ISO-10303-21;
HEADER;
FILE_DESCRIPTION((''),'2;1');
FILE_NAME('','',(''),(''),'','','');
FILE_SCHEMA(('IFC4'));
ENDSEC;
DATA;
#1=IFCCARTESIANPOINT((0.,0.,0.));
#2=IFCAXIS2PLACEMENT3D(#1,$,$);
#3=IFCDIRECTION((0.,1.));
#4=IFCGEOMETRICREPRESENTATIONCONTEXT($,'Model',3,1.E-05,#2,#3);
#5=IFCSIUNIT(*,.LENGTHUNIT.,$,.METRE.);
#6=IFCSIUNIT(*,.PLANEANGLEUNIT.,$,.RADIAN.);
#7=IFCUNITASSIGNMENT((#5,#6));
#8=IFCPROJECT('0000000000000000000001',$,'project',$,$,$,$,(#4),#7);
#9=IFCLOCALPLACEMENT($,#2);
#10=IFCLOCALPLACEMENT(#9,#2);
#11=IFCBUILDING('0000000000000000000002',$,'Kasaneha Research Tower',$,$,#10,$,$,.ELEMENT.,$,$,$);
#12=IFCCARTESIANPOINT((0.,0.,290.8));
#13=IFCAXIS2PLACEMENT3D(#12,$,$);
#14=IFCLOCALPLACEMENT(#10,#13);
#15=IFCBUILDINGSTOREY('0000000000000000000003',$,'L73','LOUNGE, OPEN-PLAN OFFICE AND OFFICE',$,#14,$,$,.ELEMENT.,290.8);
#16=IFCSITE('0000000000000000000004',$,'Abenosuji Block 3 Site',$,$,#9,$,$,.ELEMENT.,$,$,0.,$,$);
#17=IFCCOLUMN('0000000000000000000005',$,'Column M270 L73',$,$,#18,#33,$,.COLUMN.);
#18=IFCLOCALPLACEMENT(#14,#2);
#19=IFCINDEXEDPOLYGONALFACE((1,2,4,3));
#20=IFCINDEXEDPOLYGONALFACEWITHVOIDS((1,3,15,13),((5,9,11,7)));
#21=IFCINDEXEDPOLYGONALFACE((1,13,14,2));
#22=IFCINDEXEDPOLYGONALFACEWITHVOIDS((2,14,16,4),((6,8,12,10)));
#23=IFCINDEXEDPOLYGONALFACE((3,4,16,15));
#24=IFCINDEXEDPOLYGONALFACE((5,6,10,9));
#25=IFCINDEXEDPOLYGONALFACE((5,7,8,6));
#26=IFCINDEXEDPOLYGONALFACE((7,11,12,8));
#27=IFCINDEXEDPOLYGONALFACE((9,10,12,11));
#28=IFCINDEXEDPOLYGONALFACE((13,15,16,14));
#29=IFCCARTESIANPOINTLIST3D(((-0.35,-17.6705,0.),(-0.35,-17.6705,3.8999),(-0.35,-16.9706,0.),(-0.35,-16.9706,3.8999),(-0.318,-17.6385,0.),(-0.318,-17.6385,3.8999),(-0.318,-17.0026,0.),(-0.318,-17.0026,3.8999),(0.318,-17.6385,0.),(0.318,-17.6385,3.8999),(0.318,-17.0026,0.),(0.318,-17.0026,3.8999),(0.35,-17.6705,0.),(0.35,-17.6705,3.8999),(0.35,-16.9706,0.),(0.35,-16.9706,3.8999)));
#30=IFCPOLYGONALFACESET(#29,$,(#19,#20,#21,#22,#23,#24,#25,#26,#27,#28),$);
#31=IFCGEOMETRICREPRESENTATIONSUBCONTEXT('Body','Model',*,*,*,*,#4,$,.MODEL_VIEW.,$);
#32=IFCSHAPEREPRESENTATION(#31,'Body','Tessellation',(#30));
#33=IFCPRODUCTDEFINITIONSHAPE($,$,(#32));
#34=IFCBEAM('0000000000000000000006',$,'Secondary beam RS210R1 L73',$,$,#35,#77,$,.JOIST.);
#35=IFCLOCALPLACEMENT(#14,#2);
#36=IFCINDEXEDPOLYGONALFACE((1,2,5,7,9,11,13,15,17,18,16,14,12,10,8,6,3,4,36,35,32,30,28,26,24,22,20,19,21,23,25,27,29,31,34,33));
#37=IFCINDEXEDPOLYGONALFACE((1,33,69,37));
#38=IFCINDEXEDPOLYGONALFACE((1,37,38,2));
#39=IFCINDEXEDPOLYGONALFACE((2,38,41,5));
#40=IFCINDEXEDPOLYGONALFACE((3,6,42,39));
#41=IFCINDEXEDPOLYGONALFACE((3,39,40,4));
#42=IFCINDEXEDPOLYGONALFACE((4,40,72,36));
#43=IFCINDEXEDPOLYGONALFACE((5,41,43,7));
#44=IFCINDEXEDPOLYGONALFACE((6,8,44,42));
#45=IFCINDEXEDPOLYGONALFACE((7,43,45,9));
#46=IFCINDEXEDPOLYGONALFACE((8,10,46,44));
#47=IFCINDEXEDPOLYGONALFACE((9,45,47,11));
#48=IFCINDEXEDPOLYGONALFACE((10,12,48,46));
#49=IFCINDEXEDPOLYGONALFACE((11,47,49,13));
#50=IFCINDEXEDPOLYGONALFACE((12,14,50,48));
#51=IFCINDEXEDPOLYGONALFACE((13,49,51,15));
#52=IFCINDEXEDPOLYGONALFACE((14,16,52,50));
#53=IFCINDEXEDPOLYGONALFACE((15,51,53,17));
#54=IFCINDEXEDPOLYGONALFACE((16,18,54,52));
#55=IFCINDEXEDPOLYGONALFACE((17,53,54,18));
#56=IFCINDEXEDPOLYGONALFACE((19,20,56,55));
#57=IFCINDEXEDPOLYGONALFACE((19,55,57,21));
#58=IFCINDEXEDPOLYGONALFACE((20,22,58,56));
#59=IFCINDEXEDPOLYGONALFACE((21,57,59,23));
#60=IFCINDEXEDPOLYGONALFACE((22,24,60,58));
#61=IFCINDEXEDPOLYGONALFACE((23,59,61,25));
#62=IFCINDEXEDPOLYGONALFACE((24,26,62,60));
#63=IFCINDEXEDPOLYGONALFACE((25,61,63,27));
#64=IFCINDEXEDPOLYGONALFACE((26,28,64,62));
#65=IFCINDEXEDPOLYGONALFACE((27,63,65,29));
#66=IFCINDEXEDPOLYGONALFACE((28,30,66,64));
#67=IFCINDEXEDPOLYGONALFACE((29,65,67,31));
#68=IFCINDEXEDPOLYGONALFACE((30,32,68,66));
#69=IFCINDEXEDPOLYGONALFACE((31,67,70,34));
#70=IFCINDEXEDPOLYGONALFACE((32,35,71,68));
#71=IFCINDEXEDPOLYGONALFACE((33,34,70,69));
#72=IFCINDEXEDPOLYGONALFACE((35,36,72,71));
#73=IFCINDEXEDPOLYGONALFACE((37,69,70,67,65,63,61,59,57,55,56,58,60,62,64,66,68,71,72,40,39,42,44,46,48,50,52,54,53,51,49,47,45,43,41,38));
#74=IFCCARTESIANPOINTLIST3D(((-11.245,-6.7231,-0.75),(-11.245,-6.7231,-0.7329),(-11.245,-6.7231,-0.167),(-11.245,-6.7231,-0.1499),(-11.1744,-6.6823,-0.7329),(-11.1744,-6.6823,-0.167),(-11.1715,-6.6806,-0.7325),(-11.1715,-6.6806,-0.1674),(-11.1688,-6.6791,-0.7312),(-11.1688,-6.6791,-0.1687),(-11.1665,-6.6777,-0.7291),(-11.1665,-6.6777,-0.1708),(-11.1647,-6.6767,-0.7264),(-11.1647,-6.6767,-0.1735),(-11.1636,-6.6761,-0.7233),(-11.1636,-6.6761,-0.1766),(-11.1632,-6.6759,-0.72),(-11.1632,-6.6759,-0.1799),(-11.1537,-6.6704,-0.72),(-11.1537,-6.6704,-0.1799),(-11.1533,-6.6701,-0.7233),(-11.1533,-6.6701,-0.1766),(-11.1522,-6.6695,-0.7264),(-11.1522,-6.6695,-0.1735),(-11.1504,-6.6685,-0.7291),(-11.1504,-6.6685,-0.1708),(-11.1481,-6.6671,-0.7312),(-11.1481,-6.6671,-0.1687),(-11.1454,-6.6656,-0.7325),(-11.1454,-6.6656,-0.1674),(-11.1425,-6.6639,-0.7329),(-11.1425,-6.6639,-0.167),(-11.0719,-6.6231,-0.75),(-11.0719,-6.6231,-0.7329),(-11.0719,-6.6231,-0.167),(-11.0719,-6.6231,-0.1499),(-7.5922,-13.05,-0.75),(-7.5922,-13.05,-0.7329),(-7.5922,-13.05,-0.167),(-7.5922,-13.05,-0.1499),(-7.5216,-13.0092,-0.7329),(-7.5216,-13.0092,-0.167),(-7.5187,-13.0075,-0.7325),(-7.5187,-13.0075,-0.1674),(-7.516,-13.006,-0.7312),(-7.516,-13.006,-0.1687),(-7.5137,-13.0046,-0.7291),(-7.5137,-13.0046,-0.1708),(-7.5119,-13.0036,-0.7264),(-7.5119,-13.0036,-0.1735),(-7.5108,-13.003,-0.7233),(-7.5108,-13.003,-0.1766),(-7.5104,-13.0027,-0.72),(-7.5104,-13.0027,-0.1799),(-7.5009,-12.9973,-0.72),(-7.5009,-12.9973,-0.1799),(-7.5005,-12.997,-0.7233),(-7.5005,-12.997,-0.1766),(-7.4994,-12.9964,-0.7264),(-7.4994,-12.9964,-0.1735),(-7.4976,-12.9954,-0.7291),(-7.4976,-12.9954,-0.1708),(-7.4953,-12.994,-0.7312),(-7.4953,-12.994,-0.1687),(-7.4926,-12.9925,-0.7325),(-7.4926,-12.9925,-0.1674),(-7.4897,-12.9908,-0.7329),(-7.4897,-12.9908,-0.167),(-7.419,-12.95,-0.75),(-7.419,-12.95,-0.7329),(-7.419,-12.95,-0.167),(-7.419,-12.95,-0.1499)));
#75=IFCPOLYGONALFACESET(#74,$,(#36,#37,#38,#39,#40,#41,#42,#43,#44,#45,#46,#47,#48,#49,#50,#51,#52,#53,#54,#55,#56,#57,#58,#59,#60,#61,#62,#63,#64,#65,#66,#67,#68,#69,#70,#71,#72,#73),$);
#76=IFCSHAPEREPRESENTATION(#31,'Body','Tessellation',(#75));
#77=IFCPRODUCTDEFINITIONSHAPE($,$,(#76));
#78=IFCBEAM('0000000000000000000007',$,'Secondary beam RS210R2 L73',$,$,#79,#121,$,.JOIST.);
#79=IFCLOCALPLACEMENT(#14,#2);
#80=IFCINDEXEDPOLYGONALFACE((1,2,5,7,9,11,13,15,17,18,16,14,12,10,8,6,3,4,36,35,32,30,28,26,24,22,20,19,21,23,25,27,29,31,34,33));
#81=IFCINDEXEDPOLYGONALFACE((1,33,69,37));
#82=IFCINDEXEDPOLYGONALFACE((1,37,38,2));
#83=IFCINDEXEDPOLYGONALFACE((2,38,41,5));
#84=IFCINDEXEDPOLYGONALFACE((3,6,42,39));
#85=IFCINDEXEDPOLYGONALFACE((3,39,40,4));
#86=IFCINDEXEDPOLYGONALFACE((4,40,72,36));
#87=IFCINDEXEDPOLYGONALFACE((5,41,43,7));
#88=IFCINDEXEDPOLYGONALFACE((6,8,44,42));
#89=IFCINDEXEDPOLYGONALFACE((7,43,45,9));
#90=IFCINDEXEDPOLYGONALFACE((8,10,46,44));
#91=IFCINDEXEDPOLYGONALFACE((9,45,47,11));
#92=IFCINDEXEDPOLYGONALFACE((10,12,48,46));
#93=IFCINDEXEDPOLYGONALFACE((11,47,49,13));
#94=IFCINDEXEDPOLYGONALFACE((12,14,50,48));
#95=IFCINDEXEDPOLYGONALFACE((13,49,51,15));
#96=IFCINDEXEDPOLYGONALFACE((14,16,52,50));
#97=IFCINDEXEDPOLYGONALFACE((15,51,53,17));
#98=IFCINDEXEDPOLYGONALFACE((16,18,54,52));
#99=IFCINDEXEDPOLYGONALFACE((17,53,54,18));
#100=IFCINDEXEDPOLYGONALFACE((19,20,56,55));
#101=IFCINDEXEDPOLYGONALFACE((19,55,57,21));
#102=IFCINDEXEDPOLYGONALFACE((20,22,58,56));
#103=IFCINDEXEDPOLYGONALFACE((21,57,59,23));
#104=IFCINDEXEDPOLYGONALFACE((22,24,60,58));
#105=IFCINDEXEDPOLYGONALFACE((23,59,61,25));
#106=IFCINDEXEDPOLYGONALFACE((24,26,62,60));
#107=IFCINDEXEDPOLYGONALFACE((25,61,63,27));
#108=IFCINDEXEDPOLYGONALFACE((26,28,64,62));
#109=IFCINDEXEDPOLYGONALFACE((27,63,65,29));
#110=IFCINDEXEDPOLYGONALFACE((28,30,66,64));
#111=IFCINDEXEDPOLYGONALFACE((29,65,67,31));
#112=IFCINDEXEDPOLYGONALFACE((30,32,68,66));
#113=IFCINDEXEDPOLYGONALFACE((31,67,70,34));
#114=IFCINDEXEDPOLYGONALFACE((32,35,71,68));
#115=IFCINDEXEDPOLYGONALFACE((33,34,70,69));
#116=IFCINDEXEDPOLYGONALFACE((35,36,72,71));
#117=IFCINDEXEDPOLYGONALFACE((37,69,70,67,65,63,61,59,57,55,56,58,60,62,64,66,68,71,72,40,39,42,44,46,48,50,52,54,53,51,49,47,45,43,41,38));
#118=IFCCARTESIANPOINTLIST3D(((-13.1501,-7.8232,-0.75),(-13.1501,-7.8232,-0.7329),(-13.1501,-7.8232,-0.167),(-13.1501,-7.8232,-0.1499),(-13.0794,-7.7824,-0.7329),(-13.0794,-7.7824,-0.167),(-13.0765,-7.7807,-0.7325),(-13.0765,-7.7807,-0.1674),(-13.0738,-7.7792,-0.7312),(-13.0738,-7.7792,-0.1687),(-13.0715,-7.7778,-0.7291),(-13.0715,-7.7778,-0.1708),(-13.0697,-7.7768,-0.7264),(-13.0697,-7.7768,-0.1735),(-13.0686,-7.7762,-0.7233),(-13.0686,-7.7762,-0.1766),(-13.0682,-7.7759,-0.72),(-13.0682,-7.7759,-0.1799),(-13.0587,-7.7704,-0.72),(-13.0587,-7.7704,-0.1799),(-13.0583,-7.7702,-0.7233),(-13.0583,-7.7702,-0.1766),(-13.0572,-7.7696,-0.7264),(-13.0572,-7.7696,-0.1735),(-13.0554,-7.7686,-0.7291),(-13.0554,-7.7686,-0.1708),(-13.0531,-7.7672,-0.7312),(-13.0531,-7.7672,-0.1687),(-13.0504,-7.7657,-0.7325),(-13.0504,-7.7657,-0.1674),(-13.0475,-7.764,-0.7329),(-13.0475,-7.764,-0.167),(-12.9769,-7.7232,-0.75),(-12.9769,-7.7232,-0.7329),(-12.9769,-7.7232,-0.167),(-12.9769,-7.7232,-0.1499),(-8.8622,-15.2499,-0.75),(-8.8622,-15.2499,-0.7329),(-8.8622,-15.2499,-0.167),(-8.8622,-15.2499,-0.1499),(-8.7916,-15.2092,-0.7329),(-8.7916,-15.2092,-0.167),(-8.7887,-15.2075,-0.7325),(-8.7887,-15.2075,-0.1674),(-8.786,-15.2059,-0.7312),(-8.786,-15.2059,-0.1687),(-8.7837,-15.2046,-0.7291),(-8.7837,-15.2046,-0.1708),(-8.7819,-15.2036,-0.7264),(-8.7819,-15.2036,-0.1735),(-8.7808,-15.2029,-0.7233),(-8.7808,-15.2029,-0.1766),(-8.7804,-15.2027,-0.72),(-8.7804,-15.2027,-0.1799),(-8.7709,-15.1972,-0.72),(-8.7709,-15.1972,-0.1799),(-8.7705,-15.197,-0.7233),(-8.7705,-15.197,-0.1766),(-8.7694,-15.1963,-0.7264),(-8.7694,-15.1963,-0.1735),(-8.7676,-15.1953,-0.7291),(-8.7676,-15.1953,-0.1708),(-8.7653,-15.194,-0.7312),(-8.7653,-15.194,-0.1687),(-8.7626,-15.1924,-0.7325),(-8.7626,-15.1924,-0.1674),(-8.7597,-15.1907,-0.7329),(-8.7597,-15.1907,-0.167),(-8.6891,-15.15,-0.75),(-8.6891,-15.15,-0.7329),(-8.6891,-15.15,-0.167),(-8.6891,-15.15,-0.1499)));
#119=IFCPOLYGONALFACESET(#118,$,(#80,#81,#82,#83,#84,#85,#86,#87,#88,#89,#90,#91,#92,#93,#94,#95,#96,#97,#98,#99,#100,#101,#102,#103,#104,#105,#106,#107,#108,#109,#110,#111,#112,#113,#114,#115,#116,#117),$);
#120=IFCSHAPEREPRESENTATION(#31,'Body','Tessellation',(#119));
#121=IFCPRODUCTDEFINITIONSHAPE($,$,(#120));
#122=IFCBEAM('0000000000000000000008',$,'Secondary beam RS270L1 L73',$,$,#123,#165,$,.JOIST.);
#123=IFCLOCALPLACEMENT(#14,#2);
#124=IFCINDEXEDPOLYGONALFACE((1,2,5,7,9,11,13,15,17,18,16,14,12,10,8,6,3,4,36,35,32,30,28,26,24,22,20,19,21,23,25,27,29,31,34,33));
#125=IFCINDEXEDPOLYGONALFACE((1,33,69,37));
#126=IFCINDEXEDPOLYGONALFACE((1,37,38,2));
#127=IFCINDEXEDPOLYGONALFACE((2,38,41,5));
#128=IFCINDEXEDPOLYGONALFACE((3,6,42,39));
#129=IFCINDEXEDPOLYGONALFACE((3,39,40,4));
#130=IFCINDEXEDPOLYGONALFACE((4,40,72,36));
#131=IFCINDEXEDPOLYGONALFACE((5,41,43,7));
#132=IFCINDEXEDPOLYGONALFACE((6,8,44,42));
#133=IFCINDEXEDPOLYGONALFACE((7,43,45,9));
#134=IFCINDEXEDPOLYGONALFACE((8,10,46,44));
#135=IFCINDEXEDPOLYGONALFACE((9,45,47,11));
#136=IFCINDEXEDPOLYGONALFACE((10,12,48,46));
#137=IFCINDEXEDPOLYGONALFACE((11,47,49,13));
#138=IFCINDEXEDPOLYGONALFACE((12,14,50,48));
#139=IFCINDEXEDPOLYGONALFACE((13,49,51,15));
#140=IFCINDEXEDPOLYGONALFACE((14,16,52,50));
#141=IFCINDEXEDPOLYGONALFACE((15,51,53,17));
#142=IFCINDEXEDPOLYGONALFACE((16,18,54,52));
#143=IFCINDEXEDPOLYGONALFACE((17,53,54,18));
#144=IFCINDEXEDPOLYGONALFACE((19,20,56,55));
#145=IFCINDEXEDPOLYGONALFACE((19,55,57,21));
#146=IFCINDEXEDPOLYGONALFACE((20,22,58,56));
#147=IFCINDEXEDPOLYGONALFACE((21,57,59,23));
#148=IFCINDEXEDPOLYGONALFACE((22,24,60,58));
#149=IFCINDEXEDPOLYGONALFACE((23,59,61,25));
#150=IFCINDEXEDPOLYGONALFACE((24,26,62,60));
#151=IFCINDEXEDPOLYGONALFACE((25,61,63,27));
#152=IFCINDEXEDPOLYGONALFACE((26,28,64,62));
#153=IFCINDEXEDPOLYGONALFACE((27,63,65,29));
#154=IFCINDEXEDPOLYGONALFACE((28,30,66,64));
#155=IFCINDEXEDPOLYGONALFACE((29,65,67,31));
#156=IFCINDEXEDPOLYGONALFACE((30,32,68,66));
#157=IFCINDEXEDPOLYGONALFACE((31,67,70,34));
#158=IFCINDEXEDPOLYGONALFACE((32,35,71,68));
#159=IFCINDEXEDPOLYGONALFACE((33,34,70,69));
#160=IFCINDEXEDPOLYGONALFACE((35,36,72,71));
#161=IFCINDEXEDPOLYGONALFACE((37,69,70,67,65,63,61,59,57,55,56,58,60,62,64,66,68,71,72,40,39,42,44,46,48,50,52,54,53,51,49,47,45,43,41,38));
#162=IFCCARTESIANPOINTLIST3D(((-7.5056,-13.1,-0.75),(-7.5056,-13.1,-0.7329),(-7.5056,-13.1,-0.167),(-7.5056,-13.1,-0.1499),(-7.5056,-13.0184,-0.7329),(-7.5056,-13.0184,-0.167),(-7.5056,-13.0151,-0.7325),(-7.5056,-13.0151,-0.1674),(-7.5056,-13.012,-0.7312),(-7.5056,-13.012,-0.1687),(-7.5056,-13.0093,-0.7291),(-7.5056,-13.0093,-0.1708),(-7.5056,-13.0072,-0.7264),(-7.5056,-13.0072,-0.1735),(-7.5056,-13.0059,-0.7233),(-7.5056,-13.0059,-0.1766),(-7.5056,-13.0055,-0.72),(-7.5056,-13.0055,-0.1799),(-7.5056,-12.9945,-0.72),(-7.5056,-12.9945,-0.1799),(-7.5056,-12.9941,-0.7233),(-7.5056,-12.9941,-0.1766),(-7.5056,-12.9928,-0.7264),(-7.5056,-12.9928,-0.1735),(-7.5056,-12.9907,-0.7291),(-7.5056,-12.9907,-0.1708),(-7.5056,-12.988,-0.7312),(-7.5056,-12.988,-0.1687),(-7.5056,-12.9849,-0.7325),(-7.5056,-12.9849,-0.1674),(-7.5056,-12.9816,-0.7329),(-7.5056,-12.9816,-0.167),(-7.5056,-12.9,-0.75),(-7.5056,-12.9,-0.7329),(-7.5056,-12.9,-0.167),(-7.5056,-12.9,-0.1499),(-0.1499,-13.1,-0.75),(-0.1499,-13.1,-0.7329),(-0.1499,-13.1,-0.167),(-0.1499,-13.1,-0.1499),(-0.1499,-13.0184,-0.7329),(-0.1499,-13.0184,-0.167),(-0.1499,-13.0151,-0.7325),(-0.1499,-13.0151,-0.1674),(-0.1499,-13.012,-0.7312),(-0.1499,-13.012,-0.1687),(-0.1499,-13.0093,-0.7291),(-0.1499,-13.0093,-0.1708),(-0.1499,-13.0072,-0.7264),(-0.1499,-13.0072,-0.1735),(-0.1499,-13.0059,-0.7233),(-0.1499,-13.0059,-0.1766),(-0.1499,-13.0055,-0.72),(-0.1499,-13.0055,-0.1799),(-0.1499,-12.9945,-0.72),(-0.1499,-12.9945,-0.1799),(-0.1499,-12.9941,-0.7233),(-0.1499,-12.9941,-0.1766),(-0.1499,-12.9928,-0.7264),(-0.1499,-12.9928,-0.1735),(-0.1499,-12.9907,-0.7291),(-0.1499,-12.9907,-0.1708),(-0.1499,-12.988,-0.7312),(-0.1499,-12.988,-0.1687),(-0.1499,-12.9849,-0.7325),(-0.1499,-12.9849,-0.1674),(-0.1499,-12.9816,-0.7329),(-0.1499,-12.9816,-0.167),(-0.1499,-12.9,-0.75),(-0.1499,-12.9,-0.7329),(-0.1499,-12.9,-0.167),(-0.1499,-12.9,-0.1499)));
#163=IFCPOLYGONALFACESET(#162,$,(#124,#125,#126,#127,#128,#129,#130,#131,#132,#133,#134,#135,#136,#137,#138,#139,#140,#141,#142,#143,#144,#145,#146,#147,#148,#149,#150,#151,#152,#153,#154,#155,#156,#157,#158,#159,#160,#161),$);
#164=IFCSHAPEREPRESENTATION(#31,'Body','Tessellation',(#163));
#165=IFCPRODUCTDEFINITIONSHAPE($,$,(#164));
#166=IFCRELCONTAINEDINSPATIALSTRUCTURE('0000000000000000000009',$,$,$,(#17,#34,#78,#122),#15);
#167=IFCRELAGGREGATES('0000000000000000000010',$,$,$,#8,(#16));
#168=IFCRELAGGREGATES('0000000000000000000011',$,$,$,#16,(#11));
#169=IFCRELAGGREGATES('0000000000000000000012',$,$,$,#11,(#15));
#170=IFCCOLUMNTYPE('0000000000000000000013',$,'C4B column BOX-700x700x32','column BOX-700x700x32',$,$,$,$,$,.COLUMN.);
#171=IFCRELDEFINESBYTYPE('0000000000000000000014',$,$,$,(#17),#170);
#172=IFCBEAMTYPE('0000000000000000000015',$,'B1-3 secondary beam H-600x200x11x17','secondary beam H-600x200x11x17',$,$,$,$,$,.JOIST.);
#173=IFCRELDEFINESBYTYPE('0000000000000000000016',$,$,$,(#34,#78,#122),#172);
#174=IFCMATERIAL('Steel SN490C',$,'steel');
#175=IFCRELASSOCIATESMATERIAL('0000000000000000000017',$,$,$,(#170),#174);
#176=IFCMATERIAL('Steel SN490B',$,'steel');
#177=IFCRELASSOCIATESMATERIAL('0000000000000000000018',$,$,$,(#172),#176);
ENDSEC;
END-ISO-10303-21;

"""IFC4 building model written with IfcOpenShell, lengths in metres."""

from ifc_helpers import new_model, si_unit, direction, frame, origin, origin_2d, place, context, subcontext, project, spatial, hollow_rectangle, i_section, extrude, material, material_profile, profile_set, type_object, element, save


model = new_model("IFC4")

# Units and contexts
model_context = context("Model", 3, precision=1e-05, world=origin(), true_north=direction((0.0, 1.0)))
body_context = subcontext(model_context, "Body", "Model", "MODEL_VIEW")
ifc_project = project(units=[si_unit("LENGTHUNIT", "METRE"), si_unit("PLANEANGLEUNIT", "RADIAN")], contexts=[model_context])

# Site, building, storey
site_placement = place(None, origin())
site = spatial("IfcSite", under=ifc_project, at=site_placement, Name="Abenosuji Block 3 Site", CompositionType="ELEMENT", RefElevation=0.0)
building_placement = place(site_placement, origin())
building = spatial("IfcBuilding", under=site, at=building_placement, Name="Kasaneha Research Tower", CompositionType="ELEMENT")
storey_placement = place(building_placement, frame((0.0, 0.0, 290.8)))
storey = spatial("IfcBuildingStorey", under=building, at=storey_placement, Name="L73", Description="LOUNGE, OPEN-PLAN OFFICE AND OFFICE", CompositionType="ELEMENT", Elevation=290.8)

# Column
ifc_material_1 = material(Name="Steel SN490C", Category="steel")
ifc_material_profile_1 = material_profile(ifc_material_1, hollow_rectangle(XDim=0.7, YDim=0.7, WallThickness=0.032, at=origin_2d()), Name="BOX-700x700x32")
ifc_profile_set_1 = profile_set([ifc_material_profile_1], Name="Steel SN490C")
column_type = type_object("IfcColumnType", Name="C4B column BOX-700x700x32", Description="column BOX-700x700x32", PredefinedType="COLUMN", material=ifc_profile_set_1)
column_placement = place(storey_placement, frame((0.0, -17.3206, 0.0), z_axis=(0.0, 0.0, 1.0), x_axis=(1.0, 0.0, 0.0)))
element("IfcColumn", 1, at=column_placement, inside=storey, type_object=column_type, Name="Column M270 L73", PredefinedType="COLUMN", context=body_context, shape_type="SweptSolid", body=[
    extrude(hollow_rectangle(XDim=0.7, YDim=0.7, WallThickness=0.032, at=origin_2d()), origin(), (0.0, 0.0, 1.0), 3.8999),
])

# Beams
ifc_material_2 = material(Name="Steel SN490B", Category="steel")
ifc_material_profile_2 = material_profile(ifc_material_2, i_section(OverallWidth=0.2, OverallDepth=0.6001, WebThickness=0.011, FlangeThickness=0.0171, FilletRadius=0.0129, at=origin_2d()), Name="H-600x200x11x17")
ifc_profile_set_2 = profile_set([ifc_material_profile_2], Name="Steel SN490B")
beam_type_1 = type_object("IfcBeamType", Name="B1-3 secondary beam H-600x200x11x17", Description="secondary beam H-600x200x11x17", PredefinedType="JOIST", material=ifc_profile_set_2)
beam_1_placement = place(storey_placement, frame((-7.5056, -13.0, -0.45), z_axis=(-0.499999, 0.866026, 0.0), x_axis=(-0.866026, -0.499999, 0.0)))
element("IfcBeam", 2, at=beam_1_placement, inside=storey, type_object=beam_type_1, Name="Secondary beam RS210R1 L73", PredefinedType="JOIST", context=body_context, shape_type="SweptSolid", body=[
    extrude(i_section(OverallWidth=0.2, OverallDepth=0.6001, WebThickness=0.011, FlangeThickness=0.0171, FilletRadius=0.0129, at=origin_2d()), origin(), (0.0, 0.0, 1.0), 7.3057),
])
beam_2_placement = place(storey_placement, frame((-8.7756, -15.2, -0.45), z_axis=(-0.5, 0.866025, 0.0), x_axis=(-0.866025, -0.5, 0.0)))
element("IfcBeam", 3, at=beam_2_placement, inside=storey, type_object=beam_type_1, Name="Secondary beam RS210R2 L73", PredefinedType="JOIST", context=body_context, shape_type="SweptSolid", body=[
    extrude(i_section(OverallWidth=0.2, OverallDepth=0.6001, WebThickness=0.011, FlangeThickness=0.0171, FilletRadius=0.0129, at=origin_2d()), origin(), (0.0, 0.0, 1.0), 8.5757),
])
beam_3_placement = place(storey_placement, frame((-7.5056, -13.0, -0.45), z_axis=(1.0, 0.0, 0.0), x_axis=(0.0, 1.0, 0.0)))
element("IfcBeam", 4, at=beam_3_placement, inside=storey, type_object=beam_type_1, Name="Secondary beam RS270L1 L73", PredefinedType="JOIST", context=body_context, shape_type="SweptSolid", body=[
    extrude(i_section(OverallWidth=0.2, OverallDepth=0.6001, WebThickness=0.011, FlangeThickness=0.0171, FilletRadius=0.0129, at=origin_2d()), origin(), (0.0, 0.0, 1.0), 7.3557),
])

save(model, "model.ifc")
